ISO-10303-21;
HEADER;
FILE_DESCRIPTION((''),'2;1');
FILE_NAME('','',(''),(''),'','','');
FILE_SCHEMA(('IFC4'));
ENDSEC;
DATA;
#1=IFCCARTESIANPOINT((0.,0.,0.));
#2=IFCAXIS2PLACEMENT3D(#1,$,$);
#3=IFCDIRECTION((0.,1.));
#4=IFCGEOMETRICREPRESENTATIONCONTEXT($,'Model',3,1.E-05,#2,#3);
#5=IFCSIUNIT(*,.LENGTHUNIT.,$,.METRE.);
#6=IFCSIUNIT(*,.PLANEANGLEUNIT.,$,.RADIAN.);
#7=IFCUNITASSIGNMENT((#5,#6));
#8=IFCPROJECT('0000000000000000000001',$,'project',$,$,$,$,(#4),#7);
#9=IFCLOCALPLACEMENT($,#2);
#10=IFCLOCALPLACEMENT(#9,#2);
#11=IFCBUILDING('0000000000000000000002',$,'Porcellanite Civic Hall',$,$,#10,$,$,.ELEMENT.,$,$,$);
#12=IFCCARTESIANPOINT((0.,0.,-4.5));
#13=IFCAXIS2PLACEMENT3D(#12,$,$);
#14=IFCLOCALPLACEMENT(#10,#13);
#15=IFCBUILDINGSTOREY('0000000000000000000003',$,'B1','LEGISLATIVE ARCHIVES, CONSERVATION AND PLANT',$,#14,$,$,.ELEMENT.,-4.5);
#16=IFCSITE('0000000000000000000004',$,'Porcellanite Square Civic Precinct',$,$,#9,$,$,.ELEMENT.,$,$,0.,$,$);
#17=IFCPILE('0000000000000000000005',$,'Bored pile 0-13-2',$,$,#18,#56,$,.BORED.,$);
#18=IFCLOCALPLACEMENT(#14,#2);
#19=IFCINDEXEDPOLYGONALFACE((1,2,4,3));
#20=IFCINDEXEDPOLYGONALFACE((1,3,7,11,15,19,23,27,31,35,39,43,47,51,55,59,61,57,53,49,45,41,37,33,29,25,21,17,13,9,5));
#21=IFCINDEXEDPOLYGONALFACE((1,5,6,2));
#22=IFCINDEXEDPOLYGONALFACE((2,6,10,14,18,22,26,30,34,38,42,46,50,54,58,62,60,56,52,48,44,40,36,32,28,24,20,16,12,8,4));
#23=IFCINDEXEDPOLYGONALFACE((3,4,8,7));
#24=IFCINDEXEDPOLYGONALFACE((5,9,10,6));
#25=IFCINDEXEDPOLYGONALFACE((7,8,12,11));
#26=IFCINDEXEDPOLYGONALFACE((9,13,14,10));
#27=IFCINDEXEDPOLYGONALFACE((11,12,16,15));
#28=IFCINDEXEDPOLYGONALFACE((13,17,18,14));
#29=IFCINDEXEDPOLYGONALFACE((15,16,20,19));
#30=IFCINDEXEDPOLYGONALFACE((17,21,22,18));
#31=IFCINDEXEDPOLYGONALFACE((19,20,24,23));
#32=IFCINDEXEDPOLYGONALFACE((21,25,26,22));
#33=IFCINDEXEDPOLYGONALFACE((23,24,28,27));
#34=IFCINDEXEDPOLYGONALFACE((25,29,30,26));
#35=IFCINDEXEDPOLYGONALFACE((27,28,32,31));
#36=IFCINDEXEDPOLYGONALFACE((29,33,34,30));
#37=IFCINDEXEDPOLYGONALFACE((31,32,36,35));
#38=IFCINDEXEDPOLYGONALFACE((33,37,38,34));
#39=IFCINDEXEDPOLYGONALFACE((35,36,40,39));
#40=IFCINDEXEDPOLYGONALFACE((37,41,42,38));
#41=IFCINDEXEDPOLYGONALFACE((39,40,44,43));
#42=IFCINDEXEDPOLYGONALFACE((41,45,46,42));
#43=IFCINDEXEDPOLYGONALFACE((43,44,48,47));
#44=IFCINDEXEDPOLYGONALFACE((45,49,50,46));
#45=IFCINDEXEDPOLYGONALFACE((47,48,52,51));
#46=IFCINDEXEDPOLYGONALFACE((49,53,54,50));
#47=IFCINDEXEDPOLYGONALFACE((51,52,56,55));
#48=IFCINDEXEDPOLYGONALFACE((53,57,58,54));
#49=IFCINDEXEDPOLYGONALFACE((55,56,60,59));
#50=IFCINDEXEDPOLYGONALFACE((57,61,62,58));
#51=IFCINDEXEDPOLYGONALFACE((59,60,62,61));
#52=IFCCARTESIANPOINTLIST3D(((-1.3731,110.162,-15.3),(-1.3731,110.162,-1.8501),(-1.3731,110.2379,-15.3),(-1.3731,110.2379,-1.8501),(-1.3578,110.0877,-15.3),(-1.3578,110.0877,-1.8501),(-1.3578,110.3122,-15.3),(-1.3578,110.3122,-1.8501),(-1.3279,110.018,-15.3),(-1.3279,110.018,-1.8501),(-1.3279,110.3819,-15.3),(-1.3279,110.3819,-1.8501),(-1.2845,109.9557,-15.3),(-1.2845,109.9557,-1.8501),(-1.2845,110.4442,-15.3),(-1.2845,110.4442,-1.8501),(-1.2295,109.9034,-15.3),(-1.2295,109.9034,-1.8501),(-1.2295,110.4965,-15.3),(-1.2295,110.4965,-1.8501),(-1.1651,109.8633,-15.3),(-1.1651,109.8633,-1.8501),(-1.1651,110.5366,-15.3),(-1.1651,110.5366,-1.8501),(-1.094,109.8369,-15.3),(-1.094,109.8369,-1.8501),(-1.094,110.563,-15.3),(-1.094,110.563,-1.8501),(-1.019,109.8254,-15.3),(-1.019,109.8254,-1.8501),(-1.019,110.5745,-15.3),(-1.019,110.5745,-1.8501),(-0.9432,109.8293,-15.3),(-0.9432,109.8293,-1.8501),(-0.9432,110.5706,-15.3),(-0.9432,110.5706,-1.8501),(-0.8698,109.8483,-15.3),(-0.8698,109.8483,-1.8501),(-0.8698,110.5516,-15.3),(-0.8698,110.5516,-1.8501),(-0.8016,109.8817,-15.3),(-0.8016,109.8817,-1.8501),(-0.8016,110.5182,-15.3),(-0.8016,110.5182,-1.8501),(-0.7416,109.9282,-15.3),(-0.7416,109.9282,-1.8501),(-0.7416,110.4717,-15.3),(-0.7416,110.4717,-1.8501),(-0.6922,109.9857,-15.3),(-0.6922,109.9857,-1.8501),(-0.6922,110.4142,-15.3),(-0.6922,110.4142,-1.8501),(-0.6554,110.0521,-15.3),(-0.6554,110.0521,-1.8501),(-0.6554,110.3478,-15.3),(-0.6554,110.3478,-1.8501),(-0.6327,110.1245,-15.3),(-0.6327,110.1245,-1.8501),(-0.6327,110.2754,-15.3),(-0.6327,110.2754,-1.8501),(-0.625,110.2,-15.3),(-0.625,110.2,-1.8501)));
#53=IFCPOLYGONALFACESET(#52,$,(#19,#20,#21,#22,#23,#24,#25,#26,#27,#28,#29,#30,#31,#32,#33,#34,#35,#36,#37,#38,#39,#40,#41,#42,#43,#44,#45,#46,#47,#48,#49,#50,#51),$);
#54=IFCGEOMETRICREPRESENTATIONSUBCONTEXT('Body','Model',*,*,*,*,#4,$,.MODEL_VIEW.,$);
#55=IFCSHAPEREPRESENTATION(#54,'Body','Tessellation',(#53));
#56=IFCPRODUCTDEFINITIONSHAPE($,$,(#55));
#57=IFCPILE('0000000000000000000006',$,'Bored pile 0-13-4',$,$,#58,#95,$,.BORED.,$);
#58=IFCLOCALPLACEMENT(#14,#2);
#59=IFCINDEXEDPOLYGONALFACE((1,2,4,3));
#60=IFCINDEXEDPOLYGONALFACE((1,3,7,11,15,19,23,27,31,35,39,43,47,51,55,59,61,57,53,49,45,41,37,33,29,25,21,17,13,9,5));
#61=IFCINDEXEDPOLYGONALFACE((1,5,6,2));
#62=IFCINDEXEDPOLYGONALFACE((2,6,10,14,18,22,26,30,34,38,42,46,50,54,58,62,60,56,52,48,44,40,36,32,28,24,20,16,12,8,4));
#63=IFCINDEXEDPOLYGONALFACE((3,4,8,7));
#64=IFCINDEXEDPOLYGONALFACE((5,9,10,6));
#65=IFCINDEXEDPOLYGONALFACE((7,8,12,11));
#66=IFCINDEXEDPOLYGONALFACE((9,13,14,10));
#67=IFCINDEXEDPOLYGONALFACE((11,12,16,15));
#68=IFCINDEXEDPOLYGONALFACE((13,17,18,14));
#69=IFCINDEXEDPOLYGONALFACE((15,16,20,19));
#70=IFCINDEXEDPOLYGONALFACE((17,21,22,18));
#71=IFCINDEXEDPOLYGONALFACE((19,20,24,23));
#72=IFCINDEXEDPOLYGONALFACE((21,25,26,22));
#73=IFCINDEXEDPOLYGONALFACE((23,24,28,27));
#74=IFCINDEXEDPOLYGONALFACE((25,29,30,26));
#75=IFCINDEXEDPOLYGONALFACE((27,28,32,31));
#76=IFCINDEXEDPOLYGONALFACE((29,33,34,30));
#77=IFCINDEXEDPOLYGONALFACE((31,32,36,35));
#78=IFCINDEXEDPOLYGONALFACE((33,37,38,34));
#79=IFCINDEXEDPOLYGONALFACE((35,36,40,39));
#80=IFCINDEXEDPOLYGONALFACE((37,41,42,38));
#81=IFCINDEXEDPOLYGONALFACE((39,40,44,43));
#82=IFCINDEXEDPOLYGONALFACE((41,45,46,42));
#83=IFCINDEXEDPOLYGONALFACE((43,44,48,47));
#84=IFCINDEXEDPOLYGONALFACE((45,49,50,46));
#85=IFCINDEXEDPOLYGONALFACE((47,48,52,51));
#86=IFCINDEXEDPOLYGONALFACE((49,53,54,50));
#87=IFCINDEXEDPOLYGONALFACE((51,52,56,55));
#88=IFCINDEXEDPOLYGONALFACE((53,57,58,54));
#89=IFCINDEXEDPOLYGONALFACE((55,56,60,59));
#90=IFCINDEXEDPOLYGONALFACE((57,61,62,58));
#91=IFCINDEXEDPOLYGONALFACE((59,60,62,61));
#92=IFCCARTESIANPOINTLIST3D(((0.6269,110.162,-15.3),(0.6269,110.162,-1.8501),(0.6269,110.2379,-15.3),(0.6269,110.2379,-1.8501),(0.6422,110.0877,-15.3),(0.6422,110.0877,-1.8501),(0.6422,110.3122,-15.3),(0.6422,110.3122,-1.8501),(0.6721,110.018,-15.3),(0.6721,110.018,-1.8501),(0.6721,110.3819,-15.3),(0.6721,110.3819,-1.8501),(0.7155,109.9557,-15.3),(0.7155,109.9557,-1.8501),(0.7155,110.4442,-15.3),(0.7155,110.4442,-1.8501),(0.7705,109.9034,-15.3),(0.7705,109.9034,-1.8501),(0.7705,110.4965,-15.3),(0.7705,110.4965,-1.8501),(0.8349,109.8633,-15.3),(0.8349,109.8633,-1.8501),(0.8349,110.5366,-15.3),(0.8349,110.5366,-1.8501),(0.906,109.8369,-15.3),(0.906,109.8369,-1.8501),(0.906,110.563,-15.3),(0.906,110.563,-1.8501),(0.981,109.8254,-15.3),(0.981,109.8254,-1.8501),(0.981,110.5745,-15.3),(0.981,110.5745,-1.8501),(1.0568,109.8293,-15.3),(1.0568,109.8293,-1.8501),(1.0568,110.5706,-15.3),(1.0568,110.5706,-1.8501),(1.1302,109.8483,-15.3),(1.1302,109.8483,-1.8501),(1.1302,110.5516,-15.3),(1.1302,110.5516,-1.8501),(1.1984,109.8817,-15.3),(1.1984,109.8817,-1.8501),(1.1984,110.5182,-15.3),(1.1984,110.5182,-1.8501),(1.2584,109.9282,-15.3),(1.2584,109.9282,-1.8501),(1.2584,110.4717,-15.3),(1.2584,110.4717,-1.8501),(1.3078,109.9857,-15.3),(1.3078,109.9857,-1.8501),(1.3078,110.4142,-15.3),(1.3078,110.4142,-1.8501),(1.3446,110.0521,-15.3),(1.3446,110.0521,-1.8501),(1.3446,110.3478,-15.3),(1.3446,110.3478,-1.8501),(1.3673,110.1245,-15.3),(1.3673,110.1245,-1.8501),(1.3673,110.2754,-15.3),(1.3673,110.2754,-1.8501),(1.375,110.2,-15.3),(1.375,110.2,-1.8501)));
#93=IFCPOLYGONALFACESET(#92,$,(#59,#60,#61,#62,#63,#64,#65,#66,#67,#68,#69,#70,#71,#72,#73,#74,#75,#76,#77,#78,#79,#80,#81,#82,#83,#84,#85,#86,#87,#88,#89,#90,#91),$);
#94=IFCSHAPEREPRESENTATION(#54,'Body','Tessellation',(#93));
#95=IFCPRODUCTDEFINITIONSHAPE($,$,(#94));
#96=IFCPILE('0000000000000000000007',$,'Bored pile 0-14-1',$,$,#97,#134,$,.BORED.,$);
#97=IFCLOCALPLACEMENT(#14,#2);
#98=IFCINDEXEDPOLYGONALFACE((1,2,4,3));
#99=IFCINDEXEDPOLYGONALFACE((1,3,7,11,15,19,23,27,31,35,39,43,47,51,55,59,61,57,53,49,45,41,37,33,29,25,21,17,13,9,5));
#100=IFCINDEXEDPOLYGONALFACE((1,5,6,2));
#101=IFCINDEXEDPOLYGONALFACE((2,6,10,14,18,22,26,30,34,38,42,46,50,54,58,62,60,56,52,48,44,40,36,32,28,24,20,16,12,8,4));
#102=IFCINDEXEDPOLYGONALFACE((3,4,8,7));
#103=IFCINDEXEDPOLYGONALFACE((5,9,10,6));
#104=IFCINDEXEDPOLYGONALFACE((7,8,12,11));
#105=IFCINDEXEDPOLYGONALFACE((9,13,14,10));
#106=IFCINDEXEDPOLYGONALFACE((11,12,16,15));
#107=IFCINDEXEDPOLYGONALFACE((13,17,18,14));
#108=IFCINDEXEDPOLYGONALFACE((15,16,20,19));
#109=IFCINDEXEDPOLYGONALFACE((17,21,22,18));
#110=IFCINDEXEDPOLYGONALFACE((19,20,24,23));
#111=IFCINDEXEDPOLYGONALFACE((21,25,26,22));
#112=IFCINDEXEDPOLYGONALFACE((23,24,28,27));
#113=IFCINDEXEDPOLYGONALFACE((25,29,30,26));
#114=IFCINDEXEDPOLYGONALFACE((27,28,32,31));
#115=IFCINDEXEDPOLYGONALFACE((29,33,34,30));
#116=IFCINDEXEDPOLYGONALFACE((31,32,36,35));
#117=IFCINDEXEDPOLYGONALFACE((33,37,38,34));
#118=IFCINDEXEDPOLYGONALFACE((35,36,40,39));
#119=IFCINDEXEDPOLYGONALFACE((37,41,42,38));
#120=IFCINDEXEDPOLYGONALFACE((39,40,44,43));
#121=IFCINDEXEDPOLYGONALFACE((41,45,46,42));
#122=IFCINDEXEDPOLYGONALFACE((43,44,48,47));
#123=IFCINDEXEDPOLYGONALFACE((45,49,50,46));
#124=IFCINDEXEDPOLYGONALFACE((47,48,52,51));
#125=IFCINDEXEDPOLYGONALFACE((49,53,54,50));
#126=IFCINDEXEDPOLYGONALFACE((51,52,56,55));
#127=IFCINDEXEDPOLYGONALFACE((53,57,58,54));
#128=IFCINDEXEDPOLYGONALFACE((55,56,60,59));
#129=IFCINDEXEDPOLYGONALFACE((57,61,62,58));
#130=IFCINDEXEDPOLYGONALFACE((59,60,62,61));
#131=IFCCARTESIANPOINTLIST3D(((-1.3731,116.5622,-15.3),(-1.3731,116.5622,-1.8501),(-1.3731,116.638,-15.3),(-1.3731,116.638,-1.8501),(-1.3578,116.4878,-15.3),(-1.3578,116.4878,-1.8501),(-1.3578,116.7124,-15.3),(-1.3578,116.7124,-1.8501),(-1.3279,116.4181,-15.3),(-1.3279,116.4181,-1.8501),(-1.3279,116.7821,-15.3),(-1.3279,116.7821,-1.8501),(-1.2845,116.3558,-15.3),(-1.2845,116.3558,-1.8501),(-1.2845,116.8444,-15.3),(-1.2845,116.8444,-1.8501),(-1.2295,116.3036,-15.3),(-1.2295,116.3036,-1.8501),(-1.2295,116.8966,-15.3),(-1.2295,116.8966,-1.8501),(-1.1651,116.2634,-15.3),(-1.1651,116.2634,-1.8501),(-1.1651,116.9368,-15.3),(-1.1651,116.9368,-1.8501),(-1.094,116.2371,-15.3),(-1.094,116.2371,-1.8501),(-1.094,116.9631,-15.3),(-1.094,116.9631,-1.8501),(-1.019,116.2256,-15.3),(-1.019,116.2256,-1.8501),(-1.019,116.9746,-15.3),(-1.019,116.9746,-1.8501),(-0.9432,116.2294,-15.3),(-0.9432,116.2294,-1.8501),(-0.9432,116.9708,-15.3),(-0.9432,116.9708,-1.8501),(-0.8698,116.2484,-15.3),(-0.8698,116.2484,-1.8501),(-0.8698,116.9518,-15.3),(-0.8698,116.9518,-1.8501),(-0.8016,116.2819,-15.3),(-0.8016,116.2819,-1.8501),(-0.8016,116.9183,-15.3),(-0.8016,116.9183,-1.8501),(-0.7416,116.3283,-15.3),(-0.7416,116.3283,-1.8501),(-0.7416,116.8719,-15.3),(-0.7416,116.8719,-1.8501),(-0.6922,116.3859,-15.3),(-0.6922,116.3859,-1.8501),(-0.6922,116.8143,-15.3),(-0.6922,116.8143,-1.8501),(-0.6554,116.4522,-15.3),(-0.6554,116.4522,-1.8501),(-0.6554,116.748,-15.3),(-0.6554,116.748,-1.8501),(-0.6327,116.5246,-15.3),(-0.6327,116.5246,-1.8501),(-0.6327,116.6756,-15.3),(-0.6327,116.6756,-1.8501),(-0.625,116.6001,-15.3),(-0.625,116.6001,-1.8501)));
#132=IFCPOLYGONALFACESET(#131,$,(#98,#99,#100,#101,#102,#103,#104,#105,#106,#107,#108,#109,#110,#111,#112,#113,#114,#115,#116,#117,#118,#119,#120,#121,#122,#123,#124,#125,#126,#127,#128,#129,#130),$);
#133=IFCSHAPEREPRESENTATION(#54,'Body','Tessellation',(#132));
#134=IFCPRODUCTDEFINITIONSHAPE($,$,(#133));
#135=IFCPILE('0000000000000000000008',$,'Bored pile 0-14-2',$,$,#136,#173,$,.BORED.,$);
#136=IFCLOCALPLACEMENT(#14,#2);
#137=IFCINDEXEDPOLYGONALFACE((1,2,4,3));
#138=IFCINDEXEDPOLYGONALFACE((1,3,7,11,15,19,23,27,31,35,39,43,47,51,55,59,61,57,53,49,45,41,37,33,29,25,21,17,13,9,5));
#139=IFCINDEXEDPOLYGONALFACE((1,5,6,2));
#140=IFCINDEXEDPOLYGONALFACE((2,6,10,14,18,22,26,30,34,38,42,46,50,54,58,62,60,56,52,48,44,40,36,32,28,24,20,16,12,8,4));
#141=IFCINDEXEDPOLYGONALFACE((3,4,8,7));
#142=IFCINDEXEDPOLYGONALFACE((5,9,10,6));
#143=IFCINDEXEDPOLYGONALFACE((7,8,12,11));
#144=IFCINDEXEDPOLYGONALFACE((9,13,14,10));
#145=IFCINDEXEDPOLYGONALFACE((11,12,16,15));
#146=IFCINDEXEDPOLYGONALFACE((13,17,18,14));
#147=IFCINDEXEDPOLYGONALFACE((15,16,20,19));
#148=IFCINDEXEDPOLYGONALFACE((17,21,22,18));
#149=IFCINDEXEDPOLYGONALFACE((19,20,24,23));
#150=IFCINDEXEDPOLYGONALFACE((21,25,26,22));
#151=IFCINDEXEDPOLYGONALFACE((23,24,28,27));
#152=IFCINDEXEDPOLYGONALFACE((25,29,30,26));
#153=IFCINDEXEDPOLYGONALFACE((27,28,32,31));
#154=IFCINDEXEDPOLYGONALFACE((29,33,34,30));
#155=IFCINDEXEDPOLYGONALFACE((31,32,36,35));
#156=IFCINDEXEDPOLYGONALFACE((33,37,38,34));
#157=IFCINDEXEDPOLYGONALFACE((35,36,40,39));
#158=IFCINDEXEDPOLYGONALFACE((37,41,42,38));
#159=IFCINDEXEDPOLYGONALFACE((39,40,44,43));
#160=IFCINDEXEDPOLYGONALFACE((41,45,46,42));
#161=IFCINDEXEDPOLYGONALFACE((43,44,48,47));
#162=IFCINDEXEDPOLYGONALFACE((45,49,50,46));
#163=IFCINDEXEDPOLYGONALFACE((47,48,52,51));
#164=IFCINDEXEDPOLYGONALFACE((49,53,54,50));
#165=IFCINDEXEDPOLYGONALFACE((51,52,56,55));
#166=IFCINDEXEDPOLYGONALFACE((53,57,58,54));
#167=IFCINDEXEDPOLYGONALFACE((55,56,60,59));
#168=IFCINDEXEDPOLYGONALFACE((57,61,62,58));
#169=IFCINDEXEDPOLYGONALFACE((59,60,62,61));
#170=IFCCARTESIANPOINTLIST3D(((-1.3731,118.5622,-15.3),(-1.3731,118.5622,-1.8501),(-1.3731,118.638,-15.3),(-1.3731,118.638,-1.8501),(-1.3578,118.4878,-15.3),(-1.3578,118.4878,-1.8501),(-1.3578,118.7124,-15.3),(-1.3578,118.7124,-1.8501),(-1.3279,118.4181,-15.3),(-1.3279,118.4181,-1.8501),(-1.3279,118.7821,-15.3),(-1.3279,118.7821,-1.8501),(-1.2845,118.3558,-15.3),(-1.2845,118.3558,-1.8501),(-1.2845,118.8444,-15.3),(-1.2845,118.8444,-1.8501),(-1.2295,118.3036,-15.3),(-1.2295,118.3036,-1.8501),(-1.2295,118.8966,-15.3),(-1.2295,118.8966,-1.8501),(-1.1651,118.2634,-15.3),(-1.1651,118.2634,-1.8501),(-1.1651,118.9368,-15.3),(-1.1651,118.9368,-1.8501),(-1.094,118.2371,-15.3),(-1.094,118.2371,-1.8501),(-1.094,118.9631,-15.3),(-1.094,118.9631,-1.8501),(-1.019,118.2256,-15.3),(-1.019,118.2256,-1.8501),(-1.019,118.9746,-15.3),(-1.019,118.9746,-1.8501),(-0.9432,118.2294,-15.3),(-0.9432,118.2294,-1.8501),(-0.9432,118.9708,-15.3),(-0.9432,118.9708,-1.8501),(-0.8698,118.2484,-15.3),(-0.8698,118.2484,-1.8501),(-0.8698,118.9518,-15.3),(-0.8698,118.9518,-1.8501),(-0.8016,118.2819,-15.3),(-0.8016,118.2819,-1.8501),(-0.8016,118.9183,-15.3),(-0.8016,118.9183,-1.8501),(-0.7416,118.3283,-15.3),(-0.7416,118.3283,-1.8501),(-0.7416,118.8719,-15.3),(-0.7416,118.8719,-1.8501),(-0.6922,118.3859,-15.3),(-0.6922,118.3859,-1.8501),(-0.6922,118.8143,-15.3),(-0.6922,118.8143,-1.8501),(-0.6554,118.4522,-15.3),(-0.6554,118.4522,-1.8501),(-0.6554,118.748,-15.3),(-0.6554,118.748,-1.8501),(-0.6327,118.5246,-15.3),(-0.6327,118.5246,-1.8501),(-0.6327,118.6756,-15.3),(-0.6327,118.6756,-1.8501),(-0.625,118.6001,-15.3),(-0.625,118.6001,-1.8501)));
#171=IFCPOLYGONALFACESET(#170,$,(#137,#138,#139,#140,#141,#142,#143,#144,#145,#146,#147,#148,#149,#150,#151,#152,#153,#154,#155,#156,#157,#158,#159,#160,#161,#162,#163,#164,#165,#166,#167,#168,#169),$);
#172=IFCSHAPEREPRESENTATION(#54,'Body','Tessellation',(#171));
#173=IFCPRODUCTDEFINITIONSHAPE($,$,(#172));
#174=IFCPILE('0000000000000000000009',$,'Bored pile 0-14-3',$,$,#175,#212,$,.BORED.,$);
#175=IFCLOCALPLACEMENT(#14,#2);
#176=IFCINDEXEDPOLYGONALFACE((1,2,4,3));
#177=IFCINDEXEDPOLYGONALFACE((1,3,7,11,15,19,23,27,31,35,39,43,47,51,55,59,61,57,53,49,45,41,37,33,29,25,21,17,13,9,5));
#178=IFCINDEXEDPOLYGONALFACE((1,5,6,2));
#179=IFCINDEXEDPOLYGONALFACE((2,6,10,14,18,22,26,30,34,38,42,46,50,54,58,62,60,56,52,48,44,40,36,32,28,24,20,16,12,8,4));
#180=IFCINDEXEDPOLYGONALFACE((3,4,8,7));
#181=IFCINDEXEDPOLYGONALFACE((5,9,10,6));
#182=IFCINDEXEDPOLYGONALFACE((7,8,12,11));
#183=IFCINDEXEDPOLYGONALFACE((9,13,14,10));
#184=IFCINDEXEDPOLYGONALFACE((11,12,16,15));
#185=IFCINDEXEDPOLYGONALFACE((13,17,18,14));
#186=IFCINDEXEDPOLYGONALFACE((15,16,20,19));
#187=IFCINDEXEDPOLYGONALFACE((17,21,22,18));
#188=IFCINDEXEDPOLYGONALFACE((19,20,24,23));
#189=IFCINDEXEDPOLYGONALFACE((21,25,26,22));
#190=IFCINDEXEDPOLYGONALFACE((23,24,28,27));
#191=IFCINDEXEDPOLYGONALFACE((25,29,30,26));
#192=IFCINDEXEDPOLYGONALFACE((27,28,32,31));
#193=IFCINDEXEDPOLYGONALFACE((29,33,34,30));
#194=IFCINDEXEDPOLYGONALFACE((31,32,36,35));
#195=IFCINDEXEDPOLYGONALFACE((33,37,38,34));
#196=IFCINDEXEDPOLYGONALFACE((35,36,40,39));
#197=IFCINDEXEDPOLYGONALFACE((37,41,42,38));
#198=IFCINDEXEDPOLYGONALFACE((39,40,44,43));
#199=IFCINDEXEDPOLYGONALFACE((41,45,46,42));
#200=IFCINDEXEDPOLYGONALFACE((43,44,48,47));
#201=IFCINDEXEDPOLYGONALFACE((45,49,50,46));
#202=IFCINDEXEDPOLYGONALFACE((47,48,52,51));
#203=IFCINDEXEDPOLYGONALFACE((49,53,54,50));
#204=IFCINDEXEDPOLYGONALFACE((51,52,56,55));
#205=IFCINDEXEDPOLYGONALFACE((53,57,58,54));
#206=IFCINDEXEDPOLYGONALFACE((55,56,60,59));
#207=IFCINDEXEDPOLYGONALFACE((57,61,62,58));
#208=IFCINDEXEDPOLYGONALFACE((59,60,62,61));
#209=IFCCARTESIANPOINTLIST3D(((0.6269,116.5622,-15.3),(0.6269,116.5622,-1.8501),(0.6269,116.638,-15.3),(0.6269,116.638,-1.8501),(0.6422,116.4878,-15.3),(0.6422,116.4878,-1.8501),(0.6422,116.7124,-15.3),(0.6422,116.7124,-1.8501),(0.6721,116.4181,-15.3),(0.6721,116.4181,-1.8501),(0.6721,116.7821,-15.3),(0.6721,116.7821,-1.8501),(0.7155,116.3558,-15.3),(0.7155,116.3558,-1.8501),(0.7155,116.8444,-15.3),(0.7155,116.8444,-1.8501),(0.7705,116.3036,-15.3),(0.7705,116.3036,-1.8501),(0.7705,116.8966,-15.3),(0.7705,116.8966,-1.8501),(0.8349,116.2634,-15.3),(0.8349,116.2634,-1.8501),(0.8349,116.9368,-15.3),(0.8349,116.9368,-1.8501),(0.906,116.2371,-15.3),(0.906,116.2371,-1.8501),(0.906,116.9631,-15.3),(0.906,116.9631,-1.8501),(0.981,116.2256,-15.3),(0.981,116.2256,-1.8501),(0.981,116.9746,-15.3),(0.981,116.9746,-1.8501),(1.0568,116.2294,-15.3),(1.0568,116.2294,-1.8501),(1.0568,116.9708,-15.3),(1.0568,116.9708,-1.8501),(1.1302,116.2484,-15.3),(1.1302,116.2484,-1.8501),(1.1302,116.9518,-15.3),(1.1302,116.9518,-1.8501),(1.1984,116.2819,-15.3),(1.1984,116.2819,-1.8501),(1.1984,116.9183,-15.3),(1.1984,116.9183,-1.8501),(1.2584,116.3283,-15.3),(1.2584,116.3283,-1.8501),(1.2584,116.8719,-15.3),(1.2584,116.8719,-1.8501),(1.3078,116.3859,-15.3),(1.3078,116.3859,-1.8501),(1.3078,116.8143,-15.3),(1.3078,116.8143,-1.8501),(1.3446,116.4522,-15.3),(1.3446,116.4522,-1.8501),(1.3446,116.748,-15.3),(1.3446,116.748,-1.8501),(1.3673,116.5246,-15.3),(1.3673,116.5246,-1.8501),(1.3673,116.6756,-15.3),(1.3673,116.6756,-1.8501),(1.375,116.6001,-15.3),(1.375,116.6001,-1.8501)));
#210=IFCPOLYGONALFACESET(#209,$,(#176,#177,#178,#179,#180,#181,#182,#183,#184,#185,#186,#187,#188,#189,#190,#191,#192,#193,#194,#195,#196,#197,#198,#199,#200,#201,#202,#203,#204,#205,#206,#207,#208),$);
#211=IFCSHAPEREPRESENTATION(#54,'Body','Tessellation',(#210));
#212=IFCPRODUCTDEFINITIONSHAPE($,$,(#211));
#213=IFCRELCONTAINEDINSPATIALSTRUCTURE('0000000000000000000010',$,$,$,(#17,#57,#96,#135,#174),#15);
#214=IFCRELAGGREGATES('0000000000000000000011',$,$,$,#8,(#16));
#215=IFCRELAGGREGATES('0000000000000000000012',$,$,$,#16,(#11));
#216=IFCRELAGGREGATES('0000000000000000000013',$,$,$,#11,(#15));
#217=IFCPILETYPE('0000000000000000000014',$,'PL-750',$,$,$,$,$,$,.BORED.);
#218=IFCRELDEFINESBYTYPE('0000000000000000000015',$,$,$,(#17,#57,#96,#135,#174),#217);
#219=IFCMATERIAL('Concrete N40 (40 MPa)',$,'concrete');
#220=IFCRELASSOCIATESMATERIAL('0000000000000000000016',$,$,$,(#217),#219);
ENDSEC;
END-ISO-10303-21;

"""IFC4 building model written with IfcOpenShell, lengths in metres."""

from ifc_helpers import new_model, si_unit, direction, frame, origin, origin_2d, place, context, subcontext, project, spatial, circle, extrude, material, material_profile, profile_set, type_object, element, save


model = new_model("IFC4")

# Units and contexts
model_context = context("Model", 3, precision=1e-05, world=origin(), true_north=direction((0.0, 1.0)))
body_context = subcontext(model_context, "Body", "Model", "MODEL_VIEW")
ifc_project = project(units=[si_unit("LENGTHUNIT", "METRE"), si_unit("PLANEANGLEUNIT", "RADIAN")], contexts=[model_context])

# Site, building, storey
site_placement = place(None, origin())
site = spatial("IfcSite", under=ifc_project, at=site_placement, Name="Porcellanite Square Civic Precinct", CompositionType="ELEMENT", RefElevation=0.0)
building_placement = place(site_placement, origin())
building = spatial("IfcBuilding", under=site, at=building_placement, Name="Porcellanite Civic Hall", CompositionType="ELEMENT")
storey_placement = place(building_placement, frame((0.0, 0.0, -4.5)))
storey = spatial("IfcBuildingStorey", under=building, at=storey_placement, Name="B1", Description="LEGISLATIVE ARCHIVES, CONSERVATION AND PLANT", CompositionType="ELEMENT", Elevation=-4.5)

# Piles
ifc_material_1 = material(Name="Concrete N40 (40 MPa)", Category="concrete")
ifc_material_profile_1 = material_profile(ifc_material_1, circle(Radius=0.375, at=origin_2d()), Name="PILE-D750")
ifc_profile_set_1 = profile_set([ifc_material_profile_1], Name="Concrete N40 (40 MPa)")
pile_type_1 = type_object("IfcPileType", Name="PL-750", PredefinedType="BORED", material=ifc_profile_set_1)
for number, where, z_axis, x_axis, name in (
    (1, (-1.0, 110.2, -1.8501), (0.0, 0.0, -1.0), (1.0, 0.0, 0.0), "Bored pile 0-13-2"),
    (2, (1.0, 110.2, -1.8501), (0.0, 0.0, -1.0), (1.0, 0.0, 0.0), "Bored pile 0-13-4"),
    (3, (-1.0, 116.6001, -1.8501), (0.0, 0.0, -1.0), (1.0, 0.0, 0.0), "Bored pile 0-14-1"),
    (4, (-1.0, 118.6001, -1.8501), (0.0, 0.0, -1.0), (1.0, 0.0, 0.0), "Bored pile 0-14-2"),
    (5, (1.0, 116.6001, -1.8501), (0.0, 0.0, -1.0), (1.0, 0.0, 0.0), "Bored pile 0-14-3"),
):
    element("IfcPile", number, at=place(storey_placement, frame(where, z_axis=z_axis, x_axis=x_axis)), inside=storey, type_object=pile_type_1, Name=name, PredefinedType="BORED", context=body_context, shape_type="SweptSolid", body=[
        extrude(circle(Radius=0.375, at=origin_2d()), origin(), (0.0, 0.0, 1.0), 13.45),
    ])

save(model, "model.ifc")
